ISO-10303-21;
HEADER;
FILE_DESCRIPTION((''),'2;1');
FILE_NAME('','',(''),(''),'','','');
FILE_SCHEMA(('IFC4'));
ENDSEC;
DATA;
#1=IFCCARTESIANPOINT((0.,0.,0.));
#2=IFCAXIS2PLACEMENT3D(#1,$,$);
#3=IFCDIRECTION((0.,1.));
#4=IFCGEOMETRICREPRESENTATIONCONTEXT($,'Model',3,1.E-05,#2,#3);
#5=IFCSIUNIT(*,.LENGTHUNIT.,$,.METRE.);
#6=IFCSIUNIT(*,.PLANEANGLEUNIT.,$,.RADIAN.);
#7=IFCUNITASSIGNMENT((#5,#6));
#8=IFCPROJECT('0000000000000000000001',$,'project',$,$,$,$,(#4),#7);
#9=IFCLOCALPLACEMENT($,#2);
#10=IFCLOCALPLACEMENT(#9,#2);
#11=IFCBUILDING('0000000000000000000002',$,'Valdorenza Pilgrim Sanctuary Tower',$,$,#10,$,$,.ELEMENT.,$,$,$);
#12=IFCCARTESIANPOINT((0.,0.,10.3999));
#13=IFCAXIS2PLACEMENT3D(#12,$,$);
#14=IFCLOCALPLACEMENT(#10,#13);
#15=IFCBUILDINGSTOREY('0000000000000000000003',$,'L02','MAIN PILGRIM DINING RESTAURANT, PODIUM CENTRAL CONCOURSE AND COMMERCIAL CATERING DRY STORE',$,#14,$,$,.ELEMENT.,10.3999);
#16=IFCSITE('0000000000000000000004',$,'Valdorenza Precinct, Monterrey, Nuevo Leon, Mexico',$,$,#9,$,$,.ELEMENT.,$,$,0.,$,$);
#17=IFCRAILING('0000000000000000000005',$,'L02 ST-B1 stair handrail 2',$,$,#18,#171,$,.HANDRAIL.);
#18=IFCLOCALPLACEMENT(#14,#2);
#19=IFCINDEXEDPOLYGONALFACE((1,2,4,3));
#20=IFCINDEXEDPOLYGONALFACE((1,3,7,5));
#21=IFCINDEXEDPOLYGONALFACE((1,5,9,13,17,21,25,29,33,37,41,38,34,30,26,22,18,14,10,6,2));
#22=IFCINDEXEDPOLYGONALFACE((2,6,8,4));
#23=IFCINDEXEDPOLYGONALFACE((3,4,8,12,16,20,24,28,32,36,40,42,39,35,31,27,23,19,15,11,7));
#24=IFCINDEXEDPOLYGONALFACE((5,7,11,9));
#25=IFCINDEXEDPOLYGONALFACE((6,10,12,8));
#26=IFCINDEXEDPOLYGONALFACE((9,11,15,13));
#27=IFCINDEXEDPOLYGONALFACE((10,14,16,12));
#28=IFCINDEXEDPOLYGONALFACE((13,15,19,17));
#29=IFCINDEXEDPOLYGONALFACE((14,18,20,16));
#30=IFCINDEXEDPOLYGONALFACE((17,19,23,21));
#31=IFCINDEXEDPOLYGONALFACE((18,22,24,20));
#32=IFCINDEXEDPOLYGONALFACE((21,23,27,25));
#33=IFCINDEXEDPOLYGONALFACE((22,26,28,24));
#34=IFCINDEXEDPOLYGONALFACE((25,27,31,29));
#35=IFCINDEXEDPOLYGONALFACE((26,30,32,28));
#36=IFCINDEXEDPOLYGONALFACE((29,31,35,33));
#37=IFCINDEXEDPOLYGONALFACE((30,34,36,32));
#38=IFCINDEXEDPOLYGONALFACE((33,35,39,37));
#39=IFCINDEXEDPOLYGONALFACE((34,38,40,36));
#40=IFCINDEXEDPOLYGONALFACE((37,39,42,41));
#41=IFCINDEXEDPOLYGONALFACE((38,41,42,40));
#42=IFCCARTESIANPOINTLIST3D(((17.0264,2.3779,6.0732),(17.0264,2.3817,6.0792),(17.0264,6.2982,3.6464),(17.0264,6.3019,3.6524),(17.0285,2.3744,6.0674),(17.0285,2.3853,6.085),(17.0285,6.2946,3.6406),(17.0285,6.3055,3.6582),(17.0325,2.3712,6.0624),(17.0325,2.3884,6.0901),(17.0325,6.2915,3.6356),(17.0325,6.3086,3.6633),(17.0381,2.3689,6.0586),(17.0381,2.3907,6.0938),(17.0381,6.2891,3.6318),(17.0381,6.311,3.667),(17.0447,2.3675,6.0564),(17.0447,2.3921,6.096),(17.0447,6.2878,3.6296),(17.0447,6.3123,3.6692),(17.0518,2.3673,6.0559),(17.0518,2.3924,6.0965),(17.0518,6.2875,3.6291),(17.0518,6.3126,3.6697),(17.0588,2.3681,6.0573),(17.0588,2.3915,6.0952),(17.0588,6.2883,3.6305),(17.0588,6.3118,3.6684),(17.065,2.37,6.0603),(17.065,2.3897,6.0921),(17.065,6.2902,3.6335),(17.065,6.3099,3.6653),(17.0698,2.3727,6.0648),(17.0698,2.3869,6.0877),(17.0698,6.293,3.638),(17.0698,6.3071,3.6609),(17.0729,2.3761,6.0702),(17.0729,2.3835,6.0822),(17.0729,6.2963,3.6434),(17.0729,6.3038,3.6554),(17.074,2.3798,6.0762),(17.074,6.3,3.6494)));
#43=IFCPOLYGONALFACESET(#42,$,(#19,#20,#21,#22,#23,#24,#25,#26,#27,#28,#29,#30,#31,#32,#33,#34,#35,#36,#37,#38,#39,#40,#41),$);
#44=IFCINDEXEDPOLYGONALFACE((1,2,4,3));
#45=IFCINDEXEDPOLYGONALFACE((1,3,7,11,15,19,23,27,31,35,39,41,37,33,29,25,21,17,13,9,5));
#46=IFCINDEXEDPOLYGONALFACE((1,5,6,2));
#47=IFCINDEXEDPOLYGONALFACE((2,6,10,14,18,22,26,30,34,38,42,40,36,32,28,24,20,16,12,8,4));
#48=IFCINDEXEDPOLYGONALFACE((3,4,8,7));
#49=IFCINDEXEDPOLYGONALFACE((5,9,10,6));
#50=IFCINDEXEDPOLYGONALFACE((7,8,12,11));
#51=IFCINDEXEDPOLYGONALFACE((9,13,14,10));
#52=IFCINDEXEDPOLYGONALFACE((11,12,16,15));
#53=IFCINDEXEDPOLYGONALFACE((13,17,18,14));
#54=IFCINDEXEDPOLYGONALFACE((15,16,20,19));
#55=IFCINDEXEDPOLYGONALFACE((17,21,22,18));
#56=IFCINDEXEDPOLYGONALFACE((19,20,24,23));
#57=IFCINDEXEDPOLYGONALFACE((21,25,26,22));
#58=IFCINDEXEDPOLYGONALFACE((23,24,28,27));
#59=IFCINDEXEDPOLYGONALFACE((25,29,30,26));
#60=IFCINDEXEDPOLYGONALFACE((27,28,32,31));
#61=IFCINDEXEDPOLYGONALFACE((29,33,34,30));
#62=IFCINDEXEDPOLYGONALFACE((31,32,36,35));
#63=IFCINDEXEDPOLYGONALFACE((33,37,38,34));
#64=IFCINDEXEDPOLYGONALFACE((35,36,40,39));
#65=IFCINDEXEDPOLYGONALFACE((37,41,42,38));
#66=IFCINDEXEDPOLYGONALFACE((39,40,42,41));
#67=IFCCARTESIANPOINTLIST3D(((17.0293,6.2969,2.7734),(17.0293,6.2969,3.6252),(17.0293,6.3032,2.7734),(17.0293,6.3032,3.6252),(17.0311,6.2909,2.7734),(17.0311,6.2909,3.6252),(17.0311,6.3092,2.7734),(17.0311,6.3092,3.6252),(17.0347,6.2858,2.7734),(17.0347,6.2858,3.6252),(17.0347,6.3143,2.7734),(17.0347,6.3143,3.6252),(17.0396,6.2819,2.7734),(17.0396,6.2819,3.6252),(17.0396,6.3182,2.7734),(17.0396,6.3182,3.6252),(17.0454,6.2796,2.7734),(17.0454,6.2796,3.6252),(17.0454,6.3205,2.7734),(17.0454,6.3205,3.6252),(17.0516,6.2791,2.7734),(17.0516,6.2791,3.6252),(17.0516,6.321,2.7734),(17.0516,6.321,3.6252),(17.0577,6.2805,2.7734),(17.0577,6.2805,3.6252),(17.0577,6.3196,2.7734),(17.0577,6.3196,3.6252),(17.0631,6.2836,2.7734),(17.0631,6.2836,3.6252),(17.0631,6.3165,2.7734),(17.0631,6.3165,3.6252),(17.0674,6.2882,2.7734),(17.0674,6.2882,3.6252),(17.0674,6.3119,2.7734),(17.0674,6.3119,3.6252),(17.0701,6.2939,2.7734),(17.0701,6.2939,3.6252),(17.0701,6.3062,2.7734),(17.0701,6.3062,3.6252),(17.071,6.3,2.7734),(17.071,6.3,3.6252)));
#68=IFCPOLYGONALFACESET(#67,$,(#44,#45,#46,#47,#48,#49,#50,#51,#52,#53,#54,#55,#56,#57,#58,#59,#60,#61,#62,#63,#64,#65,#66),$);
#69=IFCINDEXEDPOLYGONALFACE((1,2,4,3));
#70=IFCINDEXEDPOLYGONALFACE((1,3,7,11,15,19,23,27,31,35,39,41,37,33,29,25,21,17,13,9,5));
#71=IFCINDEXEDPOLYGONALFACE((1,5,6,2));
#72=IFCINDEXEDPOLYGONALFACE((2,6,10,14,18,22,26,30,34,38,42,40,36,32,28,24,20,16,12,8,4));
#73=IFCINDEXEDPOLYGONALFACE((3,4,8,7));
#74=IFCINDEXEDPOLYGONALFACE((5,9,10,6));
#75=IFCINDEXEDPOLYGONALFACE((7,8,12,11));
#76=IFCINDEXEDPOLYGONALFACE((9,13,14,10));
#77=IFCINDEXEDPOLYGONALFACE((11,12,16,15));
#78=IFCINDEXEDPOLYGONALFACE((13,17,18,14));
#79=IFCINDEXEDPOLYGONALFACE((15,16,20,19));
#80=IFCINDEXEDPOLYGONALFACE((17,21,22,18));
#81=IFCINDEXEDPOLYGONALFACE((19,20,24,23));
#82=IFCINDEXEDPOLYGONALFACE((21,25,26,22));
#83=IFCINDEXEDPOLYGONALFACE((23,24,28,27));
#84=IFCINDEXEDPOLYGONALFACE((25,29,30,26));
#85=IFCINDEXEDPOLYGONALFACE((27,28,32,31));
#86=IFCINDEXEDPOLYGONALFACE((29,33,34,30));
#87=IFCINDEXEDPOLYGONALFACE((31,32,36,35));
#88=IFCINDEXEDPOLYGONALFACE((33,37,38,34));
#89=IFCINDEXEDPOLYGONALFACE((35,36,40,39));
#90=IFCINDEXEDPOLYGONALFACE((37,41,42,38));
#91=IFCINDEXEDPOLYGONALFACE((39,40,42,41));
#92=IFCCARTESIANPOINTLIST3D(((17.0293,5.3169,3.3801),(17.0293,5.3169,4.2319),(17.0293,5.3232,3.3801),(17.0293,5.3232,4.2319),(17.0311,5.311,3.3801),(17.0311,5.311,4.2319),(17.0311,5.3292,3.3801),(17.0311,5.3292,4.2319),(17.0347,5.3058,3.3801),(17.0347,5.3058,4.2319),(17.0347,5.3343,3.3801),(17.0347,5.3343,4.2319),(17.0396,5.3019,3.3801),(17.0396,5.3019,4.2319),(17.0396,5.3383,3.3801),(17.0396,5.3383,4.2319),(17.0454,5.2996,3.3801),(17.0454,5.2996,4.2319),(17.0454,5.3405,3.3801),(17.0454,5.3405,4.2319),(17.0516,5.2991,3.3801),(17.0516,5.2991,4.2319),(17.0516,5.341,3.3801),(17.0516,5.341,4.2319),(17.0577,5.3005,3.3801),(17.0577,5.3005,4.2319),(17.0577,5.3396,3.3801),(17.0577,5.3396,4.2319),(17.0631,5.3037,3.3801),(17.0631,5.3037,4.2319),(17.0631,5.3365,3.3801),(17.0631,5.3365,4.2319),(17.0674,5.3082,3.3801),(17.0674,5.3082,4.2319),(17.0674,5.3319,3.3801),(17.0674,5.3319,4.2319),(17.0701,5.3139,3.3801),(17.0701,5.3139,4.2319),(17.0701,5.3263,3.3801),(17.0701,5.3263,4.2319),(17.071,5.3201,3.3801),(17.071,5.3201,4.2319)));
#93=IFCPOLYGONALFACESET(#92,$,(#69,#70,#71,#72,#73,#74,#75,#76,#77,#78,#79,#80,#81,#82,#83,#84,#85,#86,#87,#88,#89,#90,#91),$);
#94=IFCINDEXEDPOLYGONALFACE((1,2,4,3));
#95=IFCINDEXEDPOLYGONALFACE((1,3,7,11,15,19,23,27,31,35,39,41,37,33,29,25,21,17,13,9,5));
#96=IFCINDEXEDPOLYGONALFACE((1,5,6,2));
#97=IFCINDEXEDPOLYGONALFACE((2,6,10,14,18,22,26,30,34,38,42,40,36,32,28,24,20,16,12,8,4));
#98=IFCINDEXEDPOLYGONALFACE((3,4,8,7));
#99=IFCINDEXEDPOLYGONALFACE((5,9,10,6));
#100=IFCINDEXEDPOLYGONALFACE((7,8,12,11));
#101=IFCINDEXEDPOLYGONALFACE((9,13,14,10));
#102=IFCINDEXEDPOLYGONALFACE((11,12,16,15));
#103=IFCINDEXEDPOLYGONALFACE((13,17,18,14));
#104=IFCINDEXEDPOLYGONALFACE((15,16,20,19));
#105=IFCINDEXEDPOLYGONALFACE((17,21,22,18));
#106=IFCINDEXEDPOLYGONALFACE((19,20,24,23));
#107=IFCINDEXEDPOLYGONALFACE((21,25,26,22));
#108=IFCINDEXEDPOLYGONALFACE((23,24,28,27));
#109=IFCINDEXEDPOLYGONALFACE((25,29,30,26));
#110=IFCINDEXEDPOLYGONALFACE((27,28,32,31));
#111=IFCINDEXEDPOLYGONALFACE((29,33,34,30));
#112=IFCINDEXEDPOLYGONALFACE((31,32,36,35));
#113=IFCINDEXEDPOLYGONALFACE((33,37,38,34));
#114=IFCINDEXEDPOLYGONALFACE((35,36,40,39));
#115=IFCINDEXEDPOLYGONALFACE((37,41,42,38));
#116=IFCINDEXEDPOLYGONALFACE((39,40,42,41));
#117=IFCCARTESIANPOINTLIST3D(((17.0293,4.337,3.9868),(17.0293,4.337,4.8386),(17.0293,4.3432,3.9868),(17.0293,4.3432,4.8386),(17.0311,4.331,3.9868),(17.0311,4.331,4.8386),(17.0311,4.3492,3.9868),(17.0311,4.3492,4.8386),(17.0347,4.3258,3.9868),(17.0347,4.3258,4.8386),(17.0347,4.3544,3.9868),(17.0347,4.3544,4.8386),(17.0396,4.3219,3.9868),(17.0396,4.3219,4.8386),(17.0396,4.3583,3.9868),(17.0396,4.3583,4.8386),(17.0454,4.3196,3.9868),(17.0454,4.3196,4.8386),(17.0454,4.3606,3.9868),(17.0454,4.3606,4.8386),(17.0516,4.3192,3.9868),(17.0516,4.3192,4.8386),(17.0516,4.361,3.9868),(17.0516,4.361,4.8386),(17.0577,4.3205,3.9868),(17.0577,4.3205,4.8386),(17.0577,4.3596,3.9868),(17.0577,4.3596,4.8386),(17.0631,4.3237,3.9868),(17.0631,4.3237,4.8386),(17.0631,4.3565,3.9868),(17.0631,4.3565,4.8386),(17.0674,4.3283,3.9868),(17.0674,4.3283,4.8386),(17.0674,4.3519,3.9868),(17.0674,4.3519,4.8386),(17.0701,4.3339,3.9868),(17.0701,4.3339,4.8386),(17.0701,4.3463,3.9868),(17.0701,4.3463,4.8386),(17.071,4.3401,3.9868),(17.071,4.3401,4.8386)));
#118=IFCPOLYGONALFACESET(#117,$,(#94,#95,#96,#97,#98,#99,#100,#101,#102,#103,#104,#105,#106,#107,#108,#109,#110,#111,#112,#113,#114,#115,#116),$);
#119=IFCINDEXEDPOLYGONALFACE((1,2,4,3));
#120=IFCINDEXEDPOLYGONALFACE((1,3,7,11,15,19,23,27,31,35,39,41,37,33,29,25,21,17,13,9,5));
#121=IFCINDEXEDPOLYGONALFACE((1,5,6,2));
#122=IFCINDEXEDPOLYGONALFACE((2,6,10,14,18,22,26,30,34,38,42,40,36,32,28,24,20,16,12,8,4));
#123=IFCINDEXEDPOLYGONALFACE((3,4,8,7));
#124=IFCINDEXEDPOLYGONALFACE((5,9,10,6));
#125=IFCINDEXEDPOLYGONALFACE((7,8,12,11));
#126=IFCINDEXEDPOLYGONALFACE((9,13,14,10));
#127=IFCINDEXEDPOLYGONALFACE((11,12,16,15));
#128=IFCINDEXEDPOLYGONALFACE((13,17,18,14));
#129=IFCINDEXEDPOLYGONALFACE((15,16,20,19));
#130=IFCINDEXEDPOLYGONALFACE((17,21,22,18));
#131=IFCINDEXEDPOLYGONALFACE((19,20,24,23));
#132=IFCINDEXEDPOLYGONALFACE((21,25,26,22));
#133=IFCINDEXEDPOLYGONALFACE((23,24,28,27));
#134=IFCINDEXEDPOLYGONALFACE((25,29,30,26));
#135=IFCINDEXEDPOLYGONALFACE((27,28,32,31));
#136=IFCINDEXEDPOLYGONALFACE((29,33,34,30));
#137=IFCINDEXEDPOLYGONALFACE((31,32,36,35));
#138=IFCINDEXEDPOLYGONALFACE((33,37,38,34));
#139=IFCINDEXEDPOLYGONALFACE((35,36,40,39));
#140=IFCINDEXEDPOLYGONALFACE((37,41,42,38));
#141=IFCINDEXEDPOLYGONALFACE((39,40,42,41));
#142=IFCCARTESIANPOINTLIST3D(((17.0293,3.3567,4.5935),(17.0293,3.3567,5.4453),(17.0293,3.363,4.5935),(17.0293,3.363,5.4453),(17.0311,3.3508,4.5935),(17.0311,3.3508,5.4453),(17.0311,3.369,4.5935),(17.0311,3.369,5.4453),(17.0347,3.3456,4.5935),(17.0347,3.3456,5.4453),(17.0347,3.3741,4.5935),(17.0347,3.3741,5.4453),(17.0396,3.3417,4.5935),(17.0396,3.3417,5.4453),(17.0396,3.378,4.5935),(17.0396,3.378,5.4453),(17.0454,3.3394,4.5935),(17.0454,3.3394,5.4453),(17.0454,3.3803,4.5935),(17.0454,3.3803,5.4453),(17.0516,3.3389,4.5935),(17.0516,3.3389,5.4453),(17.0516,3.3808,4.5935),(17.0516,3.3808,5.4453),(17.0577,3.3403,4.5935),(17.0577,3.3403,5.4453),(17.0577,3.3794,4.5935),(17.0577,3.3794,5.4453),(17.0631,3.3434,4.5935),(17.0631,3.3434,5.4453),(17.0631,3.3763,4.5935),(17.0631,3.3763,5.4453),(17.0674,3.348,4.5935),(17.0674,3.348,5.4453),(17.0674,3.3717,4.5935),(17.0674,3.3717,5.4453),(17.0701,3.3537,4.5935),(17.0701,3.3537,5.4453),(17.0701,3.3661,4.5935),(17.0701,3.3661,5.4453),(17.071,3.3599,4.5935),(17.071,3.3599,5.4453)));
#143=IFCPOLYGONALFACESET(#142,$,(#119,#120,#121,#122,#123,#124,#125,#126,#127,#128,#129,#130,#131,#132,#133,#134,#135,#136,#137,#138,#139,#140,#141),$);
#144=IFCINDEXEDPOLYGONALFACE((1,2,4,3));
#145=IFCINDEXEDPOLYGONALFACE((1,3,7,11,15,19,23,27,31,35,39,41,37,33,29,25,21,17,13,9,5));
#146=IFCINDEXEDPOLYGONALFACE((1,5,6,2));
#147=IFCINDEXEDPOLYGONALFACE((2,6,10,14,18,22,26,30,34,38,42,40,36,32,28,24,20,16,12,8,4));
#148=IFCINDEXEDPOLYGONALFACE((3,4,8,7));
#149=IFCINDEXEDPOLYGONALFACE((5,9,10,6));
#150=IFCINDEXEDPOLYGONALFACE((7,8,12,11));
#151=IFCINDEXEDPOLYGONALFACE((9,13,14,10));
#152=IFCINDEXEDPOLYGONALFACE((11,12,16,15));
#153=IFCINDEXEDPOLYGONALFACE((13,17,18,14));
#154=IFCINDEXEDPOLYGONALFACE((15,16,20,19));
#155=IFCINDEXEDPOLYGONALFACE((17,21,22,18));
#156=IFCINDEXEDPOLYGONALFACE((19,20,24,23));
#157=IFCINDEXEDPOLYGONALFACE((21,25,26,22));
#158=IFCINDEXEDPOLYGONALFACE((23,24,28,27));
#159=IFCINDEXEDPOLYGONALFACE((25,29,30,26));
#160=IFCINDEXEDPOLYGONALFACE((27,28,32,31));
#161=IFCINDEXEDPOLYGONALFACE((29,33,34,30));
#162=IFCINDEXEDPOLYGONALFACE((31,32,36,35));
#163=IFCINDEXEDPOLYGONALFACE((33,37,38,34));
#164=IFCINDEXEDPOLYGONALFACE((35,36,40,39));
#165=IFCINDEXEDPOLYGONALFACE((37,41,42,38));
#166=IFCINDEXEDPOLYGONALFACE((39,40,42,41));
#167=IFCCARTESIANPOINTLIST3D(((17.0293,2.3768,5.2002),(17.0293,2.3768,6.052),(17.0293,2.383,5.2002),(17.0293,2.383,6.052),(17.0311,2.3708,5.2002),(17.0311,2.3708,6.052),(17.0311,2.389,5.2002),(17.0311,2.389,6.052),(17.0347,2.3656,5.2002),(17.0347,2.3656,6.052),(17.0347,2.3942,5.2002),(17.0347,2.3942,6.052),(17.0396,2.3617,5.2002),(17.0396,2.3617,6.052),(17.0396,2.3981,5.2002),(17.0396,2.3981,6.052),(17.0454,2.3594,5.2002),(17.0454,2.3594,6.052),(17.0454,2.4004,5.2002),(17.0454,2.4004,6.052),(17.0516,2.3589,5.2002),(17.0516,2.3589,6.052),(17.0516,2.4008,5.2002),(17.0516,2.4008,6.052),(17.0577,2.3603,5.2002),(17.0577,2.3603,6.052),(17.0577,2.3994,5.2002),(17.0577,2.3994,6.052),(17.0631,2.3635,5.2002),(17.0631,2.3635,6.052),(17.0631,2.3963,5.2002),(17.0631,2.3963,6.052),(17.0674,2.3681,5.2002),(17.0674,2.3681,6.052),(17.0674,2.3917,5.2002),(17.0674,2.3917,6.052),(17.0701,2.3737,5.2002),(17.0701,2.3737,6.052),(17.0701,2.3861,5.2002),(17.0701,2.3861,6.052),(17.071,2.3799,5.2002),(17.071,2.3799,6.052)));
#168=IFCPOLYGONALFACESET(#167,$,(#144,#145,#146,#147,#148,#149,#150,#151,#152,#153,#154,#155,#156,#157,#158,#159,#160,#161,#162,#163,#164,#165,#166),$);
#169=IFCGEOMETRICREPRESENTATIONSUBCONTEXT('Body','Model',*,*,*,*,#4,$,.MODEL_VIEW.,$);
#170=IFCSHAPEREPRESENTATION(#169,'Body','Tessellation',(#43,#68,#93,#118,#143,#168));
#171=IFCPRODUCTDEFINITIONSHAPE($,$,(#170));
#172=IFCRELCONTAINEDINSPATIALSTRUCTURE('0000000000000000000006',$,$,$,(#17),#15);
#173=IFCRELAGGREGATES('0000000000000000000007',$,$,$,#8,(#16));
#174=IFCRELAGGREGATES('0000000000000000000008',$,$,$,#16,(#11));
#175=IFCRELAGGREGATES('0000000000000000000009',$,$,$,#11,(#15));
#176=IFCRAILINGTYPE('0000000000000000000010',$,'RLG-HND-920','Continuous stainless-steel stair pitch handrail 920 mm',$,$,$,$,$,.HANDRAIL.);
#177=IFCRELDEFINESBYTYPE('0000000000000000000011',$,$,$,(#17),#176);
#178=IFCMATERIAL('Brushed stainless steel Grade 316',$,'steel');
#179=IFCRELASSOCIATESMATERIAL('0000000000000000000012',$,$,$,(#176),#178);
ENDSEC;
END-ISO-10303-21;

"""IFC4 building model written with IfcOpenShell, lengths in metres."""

from ifc_helpers import new_model, si_unit, direction, frame, origin, origin_2d, place, context, subcontext, project, spatial, circle, extrude, material, type_object, element, save


model = new_model("IFC4")

# Units and contexts
model_context = context("Model", 3, precision=1e-05, world=origin(), true_north=direction((0.0, 1.0)))
body_context = subcontext(model_context, "Body", "Model", "MODEL_VIEW")
ifc_project = project(units=[si_unit("LENGTHUNIT", "METRE"), si_unit("PLANEANGLEUNIT", "RADIAN")], contexts=[model_context])

# Site, building, storey
site_placement = place(None, origin())
site = spatial("IfcSite", under=ifc_project, at=site_placement, Name="Valdorenza Precinct, Monterrey, Nuevo Leon, Mexico", CompositionType="ELEMENT", RefElevation=0.0)
building_placement = place(site_placement, origin())
building = spatial("IfcBuilding", under=site, at=building_placement, Name="Valdorenza Pilgrim Sanctuary Tower", CompositionType="ELEMENT")
storey_placement = place(building_placement, frame((0.0, 0.0, 10.3999)))
storey = spatial("IfcBuildingStorey", under=building, at=storey_placement, Name="L02", Description="MAIN PILGRIM DINING RESTAURANT, PODIUM CENTRAL CONCOURSE AND COMMERCIAL CATERING DRY STORE", CompositionType="ELEMENT", Elevation=10.3999)

# Railing
ifc_material_1 = material(Name="Brushed stainless steel Grade 316", Category="steel")
railing_type_1 = type_object("IfcRailingType", Name="RLG-HND-920", Description="Continuous stainless-steel stair pitch handrail 920 mm", PredefinedType="HANDRAIL", material=ifc_material_1)
railing_1_placement = place(storey_placement, frame((17.05, 6.3, 2.7734)))
element("IfcRailing", 1, at=railing_1_placement, inside=storey, type_object=railing_type_1, Name="L02 ST-B1 stair handrail 2", PredefinedType="HANDRAIL", context=body_context, shape_type="SweptSolid", body=[
    extrude(circle(Radius=0.0239, at=origin_2d()), frame((0.0, 0.0, 0.876), z_axis=(0.0, -0.850266, 0.526353), x_axis=(1.0, 0.0, 0.0)), (0.0, 0.0, 1.0), 4.6106),
    extrude(circle(Radius=0.021, at=origin_2d()), origin(), (0.0, 0.0, 1.0), 0.8518),
    extrude(circle(Radius=0.021, at=origin_2d()), frame((0.0, -0.98, 0.6067)), (0.0, 0.0, 1.0), 0.8518),
    extrude(circle(Radius=0.021, at=origin_2d()), frame((0.0, -1.96, 1.2134)), (0.0, 0.0, 1.0), 0.8518),
    extrude(circle(Radius=0.021, at=origin_2d()), frame((0.0, -2.9402, 1.8201)), (0.0, 0.0, 1.0), 0.8518),
    extrude(circle(Radius=0.021, at=origin_2d()), frame((0.0, -3.9202, 2.4268)), (0.0, 0.0, 1.0), 0.8518),
])

save(model, "model.ifc")
